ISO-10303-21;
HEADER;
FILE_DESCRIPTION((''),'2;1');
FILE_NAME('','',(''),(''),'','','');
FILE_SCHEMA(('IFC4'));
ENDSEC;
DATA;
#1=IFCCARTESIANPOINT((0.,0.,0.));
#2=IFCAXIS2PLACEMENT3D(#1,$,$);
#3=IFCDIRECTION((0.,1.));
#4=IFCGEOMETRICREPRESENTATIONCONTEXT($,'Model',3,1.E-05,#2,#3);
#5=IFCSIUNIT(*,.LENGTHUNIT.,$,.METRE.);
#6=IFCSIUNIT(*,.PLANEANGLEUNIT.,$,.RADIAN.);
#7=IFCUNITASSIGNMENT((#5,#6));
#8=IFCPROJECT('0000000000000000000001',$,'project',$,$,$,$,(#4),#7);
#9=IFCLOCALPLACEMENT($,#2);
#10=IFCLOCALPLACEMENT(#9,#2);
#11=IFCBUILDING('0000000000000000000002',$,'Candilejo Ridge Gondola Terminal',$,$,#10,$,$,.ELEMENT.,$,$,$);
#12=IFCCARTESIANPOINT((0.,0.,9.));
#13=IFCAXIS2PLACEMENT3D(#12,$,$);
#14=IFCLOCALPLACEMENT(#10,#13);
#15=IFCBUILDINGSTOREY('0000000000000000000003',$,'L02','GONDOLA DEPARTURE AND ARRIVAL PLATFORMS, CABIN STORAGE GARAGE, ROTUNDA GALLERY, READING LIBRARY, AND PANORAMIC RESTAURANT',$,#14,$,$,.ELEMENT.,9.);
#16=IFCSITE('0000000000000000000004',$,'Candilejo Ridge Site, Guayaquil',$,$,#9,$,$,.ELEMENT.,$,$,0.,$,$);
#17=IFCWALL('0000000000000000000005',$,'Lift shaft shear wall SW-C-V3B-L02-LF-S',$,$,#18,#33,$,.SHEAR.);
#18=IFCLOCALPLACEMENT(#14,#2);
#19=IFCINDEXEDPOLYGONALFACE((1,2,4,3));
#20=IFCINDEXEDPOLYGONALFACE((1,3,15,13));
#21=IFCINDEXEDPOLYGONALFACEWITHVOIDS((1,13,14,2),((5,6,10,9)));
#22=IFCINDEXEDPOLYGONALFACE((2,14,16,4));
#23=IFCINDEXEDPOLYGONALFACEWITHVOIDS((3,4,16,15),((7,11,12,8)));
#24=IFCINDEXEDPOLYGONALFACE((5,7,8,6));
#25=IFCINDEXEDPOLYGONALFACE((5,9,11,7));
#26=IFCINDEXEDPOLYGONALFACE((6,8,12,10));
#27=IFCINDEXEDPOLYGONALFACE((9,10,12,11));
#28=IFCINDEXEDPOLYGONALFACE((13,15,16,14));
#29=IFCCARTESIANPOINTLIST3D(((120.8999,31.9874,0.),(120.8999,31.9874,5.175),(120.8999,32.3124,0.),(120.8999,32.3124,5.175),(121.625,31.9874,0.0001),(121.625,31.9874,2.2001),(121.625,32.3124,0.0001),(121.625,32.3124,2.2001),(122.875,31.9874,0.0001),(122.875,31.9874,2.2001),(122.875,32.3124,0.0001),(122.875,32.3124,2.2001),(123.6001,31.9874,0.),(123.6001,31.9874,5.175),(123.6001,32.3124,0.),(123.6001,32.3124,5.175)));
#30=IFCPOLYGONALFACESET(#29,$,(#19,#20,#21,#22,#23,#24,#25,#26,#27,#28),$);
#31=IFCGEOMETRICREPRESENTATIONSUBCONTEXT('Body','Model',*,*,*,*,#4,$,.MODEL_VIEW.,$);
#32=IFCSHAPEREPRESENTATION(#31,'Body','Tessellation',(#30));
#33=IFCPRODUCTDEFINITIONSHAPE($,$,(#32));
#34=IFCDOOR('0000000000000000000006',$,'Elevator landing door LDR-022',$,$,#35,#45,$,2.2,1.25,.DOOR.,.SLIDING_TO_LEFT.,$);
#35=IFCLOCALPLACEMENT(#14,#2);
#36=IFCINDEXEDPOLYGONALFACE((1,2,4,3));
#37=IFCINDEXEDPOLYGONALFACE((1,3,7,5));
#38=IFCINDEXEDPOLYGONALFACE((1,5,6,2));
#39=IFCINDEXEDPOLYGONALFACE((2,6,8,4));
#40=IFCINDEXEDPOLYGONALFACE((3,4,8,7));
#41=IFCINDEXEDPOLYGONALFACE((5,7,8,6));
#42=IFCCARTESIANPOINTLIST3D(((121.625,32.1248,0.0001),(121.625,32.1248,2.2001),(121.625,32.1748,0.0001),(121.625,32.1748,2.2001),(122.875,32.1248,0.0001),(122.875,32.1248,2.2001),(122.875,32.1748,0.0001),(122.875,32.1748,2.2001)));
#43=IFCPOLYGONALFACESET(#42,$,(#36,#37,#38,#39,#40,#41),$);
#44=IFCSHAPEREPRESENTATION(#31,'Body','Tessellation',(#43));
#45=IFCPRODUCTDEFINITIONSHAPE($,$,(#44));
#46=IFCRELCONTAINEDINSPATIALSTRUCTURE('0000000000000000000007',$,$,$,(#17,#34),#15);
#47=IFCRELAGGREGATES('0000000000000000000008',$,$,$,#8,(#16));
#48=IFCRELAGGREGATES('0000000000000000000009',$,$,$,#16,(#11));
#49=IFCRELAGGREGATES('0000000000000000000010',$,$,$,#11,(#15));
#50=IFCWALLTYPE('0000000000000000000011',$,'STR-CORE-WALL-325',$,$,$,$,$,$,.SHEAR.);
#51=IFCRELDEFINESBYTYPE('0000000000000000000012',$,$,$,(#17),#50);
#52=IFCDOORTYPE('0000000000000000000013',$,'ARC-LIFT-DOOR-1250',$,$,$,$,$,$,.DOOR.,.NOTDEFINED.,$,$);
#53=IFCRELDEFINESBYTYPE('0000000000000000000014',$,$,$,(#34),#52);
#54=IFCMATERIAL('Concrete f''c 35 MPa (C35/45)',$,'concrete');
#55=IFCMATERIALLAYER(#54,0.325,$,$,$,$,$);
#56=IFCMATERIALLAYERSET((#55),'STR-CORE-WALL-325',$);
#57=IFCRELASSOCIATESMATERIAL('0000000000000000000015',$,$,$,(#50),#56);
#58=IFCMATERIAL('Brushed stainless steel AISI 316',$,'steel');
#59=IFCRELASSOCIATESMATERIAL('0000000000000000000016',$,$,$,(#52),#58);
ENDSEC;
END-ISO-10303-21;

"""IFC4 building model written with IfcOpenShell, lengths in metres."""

from ifc_helpers import new_model, si_unit, direction, frame, frame_2d, origin, place, context, subcontext, project, spatial, rectangle, extrude, material, layer, layer_set, type_object, element, fill, save


model = new_model("IFC4")

# Units and contexts
model_context = context("Model", 3, precision=1e-05, world=origin(), true_north=direction((0.0, 1.0)))
body_context = subcontext(model_context, "Body", "Model", "MODEL_VIEW")
ifc_project = project(units=[si_unit("LENGTHUNIT", "METRE"), si_unit("PLANEANGLEUNIT", "RADIAN")], contexts=[model_context])

# Site, building, storey
site_placement = place(None, origin())
site = spatial("IfcSite", under=ifc_project, at=site_placement, Name="Candilejo Ridge Site, Guayaquil", CompositionType="ELEMENT", RefElevation=0.0)
building_placement = place(site_placement, origin())
building = spatial("IfcBuilding", under=site, at=building_placement, Name="Candilejo Ridge Gondola Terminal", CompositionType="ELEMENT")
storey_placement = place(building_placement, frame((0.0, 0.0, 9.0)))
storey = spatial("IfcBuildingStorey", under=building, at=storey_placement, Name="L02", Description="GONDOLA DEPARTURE AND ARRIVAL PLATFORMS, CABIN STORAGE GARAGE, ROTUNDA GALLERY, READING LIBRARY, AND PANORAMIC RESTAURANT", CompositionType="ELEMENT", Elevation=9.0)

# Wall, opening, door
ifc_material_1 = material(Name="Concrete f'c 35 MPa (C35/45)", Category="concrete")
ifc_layer_1 = layer(ifc_material_1, 0.325)
ifc_layer_set_1 = layer_set([ifc_layer_1], Name="STR-CORE-WALL-325")
wall_type_1 = type_object("IfcWallType", Name="STR-CORE-WALL-325", PredefinedType="SHEAR", material=ifc_layer_set_1)
wall_1_placement = place(storey_placement, frame((120.8999, 32.1499, 0.0), z_axis=(0.0, 0.0, 1.0), x_axis=(1.0, 0.0, 0.0)))
wall_1 = element("IfcWall", 1, at=wall_1_placement, inside=storey, type_object=wall_type_1, Name="Lift shaft shear wall SW-C-V3B-L02-LF-S", PredefinedType="SHEAR", context=body_context, shape_type="SweptSolid", body=[
    extrude(rectangle(XDim=2.7002, YDim=0.325, at=frame_2d((1.3501, 0.0))), origin(), (0.0, 0.0, 1.0), 5.175),
])
opening_1_placement = place(wall_1_placement, frame((0.7251, 0.0, 0.0)))
opening_1 = element("IfcOpeningElement", 2, at=opening_1_placement, cuts=wall_1, PredefinedType="OPENING", context=body_context, shape_type="SweptSolid", body=[
    extrude(rectangle(XDim=1.25, YDim=2.2, at=frame_2d((0.625, 1.1001))), frame((0.0, 0.1724, 0.0), z_axis=(0.0, -1.0, 0.0), x_axis=(1.0, 0.0, 0.0)), (0.0, 0.0, 1.0), 0.345),
])
ifc_material_2 = material(Name="Brushed stainless steel AISI 316", Category="steel")
door_type_1 = type_object("IfcDoorType", Name="ARC-LIFT-DOOR-1250", OperationType="NOTDEFINED", PredefinedType="DOOR", material=ifc_material_2)
door_1_placement = place(opening_1_placement, origin())
door_1 = element("IfcDoor", 3, at=door_1_placement, inside=storey, type_object=door_type_1, Name="Elevator landing door LDR-022", OperationType="SLIDING_TO_LEFT", OverallHeight=2.2, OverallWidth=1.25, PredefinedType="DOOR", context=body_context, shape_type="SweptSolid", body=[
    extrude(rectangle(XDim=1.25, YDim=2.2, at=frame_2d((0.625, 1.1001))), frame((0.0, 0.0249, 0.0), z_axis=(0.0, -1.0, 0.0), x_axis=(1.0, 0.0, 0.0)), (0.0, 0.0, 1.0), 0.05),
])
fill(opening_1, door_1)

save(model, "model.ifc")
